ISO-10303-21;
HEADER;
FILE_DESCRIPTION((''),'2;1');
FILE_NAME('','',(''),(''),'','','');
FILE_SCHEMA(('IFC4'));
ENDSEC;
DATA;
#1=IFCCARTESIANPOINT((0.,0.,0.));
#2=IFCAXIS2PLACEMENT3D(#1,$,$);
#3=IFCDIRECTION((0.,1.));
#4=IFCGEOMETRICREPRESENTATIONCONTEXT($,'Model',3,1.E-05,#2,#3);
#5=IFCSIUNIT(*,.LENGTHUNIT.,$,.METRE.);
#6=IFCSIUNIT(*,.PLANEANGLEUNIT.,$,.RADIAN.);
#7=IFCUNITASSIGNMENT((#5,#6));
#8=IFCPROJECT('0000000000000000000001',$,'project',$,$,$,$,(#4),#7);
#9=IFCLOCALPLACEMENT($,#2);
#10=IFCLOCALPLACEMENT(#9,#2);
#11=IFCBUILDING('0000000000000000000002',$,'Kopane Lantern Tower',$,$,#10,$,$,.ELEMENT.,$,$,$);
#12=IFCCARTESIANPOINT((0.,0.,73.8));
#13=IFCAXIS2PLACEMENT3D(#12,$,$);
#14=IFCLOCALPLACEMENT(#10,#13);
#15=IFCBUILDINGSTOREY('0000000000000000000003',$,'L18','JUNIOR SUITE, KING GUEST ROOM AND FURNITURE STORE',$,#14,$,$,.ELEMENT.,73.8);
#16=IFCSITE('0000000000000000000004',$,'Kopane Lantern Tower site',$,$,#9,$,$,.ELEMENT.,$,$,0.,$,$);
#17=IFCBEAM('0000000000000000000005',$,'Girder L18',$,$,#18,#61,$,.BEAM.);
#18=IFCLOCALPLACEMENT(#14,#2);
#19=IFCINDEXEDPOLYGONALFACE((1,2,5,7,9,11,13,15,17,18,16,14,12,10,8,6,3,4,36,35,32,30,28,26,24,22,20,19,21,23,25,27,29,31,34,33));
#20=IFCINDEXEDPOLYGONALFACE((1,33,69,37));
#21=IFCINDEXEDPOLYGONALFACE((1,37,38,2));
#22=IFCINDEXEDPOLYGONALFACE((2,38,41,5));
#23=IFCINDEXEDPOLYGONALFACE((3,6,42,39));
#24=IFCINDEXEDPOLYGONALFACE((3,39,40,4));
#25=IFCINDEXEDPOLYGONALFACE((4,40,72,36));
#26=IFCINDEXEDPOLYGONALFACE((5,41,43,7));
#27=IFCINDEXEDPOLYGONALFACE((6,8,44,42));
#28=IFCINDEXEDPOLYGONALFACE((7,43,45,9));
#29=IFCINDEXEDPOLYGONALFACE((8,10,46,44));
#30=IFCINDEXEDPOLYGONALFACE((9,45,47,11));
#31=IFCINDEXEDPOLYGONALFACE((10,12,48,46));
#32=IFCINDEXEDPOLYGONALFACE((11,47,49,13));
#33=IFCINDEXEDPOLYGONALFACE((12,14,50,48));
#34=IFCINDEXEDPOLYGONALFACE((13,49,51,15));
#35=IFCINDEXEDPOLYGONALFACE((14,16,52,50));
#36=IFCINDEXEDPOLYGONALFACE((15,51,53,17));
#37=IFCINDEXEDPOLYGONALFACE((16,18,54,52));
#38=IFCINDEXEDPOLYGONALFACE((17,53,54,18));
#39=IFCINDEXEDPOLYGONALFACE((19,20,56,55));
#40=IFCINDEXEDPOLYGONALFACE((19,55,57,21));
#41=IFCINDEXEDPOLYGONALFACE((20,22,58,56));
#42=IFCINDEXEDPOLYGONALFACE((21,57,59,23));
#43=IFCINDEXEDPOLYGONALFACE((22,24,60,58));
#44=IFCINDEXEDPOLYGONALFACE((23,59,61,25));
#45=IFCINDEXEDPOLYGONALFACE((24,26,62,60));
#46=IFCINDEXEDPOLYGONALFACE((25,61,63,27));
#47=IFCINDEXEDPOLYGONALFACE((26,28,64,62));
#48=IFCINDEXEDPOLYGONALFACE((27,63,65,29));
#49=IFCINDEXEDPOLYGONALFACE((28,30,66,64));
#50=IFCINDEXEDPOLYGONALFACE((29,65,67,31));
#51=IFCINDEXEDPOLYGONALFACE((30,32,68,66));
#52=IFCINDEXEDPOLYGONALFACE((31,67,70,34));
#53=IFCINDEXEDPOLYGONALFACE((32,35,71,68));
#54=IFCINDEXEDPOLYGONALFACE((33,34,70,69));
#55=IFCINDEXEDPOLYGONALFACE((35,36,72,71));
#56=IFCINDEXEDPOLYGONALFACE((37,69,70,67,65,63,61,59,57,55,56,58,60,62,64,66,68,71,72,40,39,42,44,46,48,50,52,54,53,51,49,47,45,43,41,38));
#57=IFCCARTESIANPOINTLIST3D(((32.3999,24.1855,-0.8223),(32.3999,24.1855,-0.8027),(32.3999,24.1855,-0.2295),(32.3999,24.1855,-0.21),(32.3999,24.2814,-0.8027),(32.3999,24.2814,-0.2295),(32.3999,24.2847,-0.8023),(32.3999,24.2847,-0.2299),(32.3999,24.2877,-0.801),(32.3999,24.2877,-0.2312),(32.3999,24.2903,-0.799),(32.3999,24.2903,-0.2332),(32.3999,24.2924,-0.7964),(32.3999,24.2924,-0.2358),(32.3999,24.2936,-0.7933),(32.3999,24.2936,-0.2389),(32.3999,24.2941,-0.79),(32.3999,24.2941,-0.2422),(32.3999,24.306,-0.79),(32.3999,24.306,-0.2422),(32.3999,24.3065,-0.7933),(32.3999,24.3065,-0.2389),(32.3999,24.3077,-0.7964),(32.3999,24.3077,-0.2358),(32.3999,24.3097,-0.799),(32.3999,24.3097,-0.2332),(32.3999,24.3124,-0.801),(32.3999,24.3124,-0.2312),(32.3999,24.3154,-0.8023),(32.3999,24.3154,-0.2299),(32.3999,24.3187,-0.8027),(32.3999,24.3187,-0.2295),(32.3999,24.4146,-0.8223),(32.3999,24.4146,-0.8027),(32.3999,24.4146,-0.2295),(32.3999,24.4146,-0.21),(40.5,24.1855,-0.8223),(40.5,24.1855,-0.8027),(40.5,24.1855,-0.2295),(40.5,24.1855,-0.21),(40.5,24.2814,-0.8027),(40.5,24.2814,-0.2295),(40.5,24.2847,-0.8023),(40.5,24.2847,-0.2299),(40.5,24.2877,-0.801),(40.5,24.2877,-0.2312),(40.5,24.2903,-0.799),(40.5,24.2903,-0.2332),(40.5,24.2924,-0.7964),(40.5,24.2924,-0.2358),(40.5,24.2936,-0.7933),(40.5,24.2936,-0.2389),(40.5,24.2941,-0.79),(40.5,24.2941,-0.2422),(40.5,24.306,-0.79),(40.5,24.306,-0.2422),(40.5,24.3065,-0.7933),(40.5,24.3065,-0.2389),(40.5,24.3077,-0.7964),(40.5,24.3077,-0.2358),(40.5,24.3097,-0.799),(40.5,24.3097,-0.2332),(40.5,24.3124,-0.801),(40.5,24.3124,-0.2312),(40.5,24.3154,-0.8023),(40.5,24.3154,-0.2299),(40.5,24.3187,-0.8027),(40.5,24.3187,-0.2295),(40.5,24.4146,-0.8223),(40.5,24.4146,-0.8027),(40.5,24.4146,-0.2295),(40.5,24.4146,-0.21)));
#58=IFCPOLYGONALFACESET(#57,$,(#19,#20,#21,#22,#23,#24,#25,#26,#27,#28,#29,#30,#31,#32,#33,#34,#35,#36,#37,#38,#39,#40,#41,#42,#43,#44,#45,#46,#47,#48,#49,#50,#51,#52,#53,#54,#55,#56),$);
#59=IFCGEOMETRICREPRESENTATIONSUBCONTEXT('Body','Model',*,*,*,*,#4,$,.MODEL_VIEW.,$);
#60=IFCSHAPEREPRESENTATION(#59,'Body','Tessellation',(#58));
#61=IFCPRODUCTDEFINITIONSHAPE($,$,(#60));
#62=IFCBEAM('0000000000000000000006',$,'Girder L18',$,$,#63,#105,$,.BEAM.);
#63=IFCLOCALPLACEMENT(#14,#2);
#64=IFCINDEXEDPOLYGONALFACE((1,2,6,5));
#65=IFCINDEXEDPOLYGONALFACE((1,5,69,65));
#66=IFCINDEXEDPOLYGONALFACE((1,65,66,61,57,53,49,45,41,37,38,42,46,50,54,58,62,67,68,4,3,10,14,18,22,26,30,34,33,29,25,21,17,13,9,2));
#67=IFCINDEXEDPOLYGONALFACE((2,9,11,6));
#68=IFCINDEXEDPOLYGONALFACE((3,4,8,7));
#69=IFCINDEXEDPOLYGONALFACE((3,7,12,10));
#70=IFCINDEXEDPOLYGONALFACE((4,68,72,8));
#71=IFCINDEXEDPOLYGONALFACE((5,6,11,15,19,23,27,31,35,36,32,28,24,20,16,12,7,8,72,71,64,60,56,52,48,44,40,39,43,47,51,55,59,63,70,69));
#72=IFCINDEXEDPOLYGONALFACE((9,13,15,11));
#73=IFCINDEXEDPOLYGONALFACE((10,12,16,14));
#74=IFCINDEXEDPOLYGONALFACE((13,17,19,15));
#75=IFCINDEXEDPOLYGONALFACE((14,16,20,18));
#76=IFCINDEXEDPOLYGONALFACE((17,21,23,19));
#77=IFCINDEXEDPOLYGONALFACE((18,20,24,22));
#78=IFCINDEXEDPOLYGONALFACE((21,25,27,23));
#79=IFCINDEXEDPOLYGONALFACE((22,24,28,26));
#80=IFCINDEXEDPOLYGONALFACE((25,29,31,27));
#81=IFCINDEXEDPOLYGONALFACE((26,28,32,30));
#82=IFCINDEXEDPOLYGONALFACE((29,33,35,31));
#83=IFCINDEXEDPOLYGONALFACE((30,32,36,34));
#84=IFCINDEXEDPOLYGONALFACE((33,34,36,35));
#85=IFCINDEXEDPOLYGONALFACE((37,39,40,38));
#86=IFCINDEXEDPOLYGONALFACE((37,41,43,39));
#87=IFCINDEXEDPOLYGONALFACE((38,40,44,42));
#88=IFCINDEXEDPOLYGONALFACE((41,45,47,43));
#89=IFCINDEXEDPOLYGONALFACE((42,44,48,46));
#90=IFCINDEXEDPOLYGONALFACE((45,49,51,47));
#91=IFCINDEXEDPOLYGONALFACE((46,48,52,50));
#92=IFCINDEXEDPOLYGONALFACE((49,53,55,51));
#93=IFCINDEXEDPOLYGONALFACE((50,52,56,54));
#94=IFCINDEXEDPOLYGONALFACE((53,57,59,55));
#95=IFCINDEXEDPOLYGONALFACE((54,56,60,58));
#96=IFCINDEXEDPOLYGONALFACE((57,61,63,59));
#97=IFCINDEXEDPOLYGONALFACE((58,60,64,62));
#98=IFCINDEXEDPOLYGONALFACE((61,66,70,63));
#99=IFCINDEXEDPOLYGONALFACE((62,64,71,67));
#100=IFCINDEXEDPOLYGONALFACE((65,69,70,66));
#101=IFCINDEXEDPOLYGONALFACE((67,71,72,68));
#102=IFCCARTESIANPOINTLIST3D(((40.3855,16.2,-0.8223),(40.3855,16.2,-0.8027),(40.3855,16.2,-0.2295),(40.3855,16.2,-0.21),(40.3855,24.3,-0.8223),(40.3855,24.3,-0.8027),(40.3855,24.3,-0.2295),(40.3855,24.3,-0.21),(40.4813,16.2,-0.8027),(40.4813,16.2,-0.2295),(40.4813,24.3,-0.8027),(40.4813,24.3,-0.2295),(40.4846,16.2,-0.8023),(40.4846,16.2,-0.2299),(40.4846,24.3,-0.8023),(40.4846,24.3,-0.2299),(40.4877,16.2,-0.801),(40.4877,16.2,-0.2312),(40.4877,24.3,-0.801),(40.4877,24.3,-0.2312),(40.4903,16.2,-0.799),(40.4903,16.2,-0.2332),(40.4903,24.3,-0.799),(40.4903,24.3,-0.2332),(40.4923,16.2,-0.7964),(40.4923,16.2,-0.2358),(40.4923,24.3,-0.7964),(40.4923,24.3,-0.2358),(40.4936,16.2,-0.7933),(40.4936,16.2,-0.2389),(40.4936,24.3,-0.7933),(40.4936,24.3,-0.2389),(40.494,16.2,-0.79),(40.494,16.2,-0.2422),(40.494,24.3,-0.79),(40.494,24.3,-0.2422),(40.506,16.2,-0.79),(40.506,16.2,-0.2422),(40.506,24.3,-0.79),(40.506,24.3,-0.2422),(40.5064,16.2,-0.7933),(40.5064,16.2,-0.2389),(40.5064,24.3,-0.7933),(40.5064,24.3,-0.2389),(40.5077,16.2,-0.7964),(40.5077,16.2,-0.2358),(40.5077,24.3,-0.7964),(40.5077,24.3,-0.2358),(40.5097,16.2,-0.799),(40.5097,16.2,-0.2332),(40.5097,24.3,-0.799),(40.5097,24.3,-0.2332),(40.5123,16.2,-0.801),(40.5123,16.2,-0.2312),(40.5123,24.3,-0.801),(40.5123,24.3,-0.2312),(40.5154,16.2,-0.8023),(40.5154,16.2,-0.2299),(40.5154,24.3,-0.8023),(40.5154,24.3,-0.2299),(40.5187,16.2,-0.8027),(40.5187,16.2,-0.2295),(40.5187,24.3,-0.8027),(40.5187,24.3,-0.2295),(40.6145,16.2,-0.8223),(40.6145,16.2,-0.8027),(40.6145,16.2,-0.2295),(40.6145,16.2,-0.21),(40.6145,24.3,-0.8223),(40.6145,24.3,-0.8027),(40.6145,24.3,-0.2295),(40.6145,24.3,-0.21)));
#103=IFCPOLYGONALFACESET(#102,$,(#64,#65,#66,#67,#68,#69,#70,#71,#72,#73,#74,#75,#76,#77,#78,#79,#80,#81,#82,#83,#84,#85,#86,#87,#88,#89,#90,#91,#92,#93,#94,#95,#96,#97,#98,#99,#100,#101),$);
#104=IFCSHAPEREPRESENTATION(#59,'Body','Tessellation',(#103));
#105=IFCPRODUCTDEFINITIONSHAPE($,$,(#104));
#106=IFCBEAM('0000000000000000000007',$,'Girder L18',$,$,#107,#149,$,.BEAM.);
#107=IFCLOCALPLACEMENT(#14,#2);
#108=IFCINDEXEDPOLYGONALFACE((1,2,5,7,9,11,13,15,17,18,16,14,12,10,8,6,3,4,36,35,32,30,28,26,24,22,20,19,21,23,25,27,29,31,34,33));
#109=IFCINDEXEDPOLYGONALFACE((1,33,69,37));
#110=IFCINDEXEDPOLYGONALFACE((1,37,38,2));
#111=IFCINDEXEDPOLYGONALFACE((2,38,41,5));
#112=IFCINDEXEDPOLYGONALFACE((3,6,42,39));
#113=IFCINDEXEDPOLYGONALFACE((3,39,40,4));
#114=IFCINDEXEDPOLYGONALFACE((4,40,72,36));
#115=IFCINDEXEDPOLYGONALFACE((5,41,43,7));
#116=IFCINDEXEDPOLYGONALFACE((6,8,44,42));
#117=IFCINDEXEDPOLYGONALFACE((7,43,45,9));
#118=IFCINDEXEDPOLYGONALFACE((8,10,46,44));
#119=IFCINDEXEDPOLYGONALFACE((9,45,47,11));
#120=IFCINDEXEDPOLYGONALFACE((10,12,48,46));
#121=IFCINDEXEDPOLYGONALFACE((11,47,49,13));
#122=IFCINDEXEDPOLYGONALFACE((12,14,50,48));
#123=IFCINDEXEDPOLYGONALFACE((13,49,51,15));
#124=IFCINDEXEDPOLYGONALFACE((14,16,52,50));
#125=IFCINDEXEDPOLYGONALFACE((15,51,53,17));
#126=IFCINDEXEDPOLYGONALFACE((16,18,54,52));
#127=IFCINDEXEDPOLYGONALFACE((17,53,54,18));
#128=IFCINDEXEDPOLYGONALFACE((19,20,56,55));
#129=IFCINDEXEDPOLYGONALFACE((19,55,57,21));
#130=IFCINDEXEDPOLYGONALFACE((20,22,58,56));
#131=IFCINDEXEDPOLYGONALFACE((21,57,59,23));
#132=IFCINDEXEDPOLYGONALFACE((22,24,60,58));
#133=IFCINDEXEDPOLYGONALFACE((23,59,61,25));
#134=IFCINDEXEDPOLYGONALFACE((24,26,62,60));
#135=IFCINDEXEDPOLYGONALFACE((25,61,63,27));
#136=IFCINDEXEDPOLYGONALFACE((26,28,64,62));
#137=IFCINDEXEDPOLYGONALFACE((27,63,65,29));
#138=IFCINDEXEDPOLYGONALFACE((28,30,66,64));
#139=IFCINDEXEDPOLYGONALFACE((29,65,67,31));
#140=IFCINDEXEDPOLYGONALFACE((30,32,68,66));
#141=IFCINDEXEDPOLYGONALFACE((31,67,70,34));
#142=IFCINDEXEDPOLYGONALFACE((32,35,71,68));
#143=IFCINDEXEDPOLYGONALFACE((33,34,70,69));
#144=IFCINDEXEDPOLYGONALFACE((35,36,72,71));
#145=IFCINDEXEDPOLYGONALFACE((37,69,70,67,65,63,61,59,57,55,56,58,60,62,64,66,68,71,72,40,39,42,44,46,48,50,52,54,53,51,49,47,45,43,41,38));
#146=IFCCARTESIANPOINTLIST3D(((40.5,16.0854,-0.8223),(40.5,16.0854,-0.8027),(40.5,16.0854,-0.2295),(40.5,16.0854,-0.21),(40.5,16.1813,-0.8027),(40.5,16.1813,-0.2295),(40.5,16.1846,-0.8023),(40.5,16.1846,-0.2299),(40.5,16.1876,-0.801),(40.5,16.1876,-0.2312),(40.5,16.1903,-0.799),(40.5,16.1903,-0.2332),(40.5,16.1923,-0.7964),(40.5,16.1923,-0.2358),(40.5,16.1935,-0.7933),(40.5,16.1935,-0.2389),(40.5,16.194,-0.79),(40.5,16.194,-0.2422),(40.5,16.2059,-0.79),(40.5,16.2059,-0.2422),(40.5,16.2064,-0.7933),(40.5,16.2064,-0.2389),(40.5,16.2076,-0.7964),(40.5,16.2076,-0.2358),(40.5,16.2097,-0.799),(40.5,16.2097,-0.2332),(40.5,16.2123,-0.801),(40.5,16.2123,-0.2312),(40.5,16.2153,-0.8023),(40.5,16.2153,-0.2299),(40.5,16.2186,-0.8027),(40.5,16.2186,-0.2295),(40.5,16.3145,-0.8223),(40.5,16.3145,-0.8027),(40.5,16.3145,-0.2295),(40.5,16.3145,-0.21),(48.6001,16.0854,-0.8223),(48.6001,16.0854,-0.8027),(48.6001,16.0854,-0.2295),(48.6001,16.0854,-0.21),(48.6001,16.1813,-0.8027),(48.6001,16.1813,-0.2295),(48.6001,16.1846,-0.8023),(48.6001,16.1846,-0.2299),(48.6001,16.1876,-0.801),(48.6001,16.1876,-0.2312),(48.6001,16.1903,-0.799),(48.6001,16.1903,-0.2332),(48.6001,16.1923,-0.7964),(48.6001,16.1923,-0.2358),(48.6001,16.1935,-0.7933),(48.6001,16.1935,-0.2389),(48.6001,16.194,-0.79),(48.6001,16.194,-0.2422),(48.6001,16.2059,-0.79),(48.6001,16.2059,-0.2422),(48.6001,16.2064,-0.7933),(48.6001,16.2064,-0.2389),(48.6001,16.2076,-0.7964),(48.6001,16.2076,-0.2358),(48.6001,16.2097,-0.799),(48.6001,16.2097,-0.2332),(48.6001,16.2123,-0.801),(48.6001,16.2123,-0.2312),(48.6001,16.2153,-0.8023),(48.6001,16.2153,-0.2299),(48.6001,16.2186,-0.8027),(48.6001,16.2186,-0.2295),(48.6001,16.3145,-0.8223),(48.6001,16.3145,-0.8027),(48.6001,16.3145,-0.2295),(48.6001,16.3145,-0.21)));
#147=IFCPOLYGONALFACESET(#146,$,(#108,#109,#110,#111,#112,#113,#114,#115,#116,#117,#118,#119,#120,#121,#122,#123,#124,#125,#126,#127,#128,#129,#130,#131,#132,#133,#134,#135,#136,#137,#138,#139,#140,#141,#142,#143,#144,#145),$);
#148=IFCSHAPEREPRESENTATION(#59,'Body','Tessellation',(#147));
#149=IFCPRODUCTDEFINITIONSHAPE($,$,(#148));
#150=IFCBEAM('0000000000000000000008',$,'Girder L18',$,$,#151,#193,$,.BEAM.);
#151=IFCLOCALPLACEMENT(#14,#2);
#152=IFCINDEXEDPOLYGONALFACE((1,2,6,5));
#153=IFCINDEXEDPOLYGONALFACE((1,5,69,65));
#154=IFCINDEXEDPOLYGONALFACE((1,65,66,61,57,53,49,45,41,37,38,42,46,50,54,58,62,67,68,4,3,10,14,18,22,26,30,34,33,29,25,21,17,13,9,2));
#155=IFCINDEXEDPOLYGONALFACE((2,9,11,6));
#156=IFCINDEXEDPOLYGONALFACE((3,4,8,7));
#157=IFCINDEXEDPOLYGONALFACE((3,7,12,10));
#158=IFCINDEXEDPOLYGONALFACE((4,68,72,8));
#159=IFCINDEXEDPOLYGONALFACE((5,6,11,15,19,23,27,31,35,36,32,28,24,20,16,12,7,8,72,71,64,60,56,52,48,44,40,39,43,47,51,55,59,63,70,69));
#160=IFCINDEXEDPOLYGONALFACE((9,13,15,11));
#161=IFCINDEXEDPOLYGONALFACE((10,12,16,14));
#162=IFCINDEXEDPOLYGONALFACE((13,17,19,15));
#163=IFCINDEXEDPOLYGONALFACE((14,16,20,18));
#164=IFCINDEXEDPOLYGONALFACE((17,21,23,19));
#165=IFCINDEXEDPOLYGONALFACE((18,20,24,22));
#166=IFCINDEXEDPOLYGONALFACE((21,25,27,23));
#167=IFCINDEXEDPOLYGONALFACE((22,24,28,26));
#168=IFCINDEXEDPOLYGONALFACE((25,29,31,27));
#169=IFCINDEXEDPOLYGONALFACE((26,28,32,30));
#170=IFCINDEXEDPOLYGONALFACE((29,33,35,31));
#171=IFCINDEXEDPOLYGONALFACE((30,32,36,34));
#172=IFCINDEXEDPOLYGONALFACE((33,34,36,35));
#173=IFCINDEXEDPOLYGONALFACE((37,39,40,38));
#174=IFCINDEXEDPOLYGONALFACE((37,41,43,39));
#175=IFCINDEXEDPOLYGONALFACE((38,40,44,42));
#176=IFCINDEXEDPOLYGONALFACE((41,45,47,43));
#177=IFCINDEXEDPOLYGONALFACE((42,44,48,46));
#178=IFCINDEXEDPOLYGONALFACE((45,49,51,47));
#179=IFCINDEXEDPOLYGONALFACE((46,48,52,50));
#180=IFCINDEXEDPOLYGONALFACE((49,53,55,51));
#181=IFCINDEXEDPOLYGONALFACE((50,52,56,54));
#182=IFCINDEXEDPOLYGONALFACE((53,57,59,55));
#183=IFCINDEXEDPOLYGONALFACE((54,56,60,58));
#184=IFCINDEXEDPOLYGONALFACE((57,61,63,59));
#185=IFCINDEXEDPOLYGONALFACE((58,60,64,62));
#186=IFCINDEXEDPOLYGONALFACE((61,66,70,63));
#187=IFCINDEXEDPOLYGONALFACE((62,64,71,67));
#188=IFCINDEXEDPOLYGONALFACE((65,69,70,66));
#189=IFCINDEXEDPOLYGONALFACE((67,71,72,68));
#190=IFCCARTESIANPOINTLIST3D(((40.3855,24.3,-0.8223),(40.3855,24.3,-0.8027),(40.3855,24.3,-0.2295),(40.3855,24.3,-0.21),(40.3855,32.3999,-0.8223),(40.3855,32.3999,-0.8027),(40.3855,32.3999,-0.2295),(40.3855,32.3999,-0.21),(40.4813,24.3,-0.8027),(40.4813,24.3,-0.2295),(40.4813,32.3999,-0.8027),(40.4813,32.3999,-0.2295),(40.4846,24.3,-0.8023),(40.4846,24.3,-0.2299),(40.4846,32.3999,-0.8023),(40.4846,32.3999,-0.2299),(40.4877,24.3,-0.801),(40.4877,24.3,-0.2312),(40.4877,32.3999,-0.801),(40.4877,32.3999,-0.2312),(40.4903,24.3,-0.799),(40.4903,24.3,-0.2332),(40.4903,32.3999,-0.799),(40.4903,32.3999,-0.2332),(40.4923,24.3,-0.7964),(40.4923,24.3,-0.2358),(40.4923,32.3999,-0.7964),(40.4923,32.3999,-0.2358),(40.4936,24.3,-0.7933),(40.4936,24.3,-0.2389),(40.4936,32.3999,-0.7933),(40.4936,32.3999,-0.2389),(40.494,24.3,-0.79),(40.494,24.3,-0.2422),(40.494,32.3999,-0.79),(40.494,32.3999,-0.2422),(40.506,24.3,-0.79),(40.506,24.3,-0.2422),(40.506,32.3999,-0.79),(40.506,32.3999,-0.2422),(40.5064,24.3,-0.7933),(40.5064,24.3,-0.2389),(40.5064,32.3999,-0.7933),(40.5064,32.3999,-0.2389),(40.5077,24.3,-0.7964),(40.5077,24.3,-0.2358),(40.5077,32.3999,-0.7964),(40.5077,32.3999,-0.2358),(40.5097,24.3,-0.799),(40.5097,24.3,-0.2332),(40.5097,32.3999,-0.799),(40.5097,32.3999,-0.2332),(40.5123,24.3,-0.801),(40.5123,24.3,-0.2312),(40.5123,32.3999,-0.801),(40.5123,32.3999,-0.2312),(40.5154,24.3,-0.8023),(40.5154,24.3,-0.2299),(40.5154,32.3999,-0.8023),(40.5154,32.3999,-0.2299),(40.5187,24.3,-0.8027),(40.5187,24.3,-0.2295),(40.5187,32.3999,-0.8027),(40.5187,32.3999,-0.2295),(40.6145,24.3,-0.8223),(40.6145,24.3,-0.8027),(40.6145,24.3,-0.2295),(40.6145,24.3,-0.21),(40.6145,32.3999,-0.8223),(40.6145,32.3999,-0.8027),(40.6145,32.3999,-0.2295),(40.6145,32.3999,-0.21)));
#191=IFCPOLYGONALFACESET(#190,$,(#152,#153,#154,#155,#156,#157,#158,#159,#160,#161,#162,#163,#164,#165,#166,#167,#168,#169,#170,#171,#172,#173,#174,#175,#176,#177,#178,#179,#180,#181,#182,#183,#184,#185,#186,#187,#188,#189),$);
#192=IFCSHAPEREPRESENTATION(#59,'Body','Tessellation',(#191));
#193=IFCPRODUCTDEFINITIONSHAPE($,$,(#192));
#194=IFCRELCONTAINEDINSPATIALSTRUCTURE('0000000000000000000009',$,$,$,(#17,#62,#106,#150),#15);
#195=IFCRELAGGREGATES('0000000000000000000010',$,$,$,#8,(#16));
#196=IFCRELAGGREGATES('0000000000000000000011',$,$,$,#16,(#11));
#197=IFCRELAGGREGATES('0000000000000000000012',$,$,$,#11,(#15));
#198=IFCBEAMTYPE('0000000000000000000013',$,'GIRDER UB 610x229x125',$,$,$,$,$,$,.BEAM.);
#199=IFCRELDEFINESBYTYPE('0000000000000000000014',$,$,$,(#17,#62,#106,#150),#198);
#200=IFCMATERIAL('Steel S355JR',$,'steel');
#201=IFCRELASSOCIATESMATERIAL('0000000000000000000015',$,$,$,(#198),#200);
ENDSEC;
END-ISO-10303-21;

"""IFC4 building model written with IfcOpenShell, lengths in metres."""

from ifc_helpers import new_model, si_unit, direction, frame, origin, origin_2d, place, context, subcontext, project, spatial, i_section, extrude, material, material_profile, profile_set, type_object, element, save


model = new_model("IFC4")

# Units and contexts
model_context = context("Model", 3, precision=1e-05, world=origin(), true_north=direction((0.0, 1.0)))
body_context = subcontext(model_context, "Body", "Model", "MODEL_VIEW")
ifc_project = project(units=[si_unit("LENGTHUNIT", "METRE"), si_unit("PLANEANGLEUNIT", "RADIAN")], contexts=[model_context])

# Site, building, storey
site_placement = place(None, origin())
site = spatial("IfcSite", under=ifc_project, at=site_placement, Name="Kopane Lantern Tower site", CompositionType="ELEMENT", RefElevation=0.0)
building_placement = place(site_placement, origin())
building = spatial("IfcBuilding", under=site, at=building_placement, Name="Kopane Lantern Tower", CompositionType="ELEMENT")
storey_placement = place(building_placement, frame((0.0, 0.0, 73.8)))
storey = spatial("IfcBuildingStorey", under=building, at=storey_placement, Name="L18", Description="JUNIOR SUITE, KING GUEST ROOM AND FURNITURE STORE", CompositionType="ELEMENT", Elevation=73.8)

# Beams
ifc_material_1 = material(Name="Steel S355JR", Category="steel")
ifc_material_profile_1 = material_profile(ifc_material_1, i_section(OverallWidth=0.229, OverallDepth=0.6123, WebThickness=0.012, FlangeThickness=0.0195, FilletRadius=0.0127, at=origin_2d()), Name="UB 610x229x125")
ifc_profile_set_1 = profile_set([ifc_material_profile_1], Name="Steel S355JR")
beam_type_1 = type_object("IfcBeamType", Name="GIRDER UB 610x229x125", PredefinedType="BEAM", material=ifc_profile_set_1)
for number, where, z_axis, x_axis, name in (
    (1, (32.3999, 24.3, -0.5161), (1.0, 0.0, 0.0), (0.0, 1.0, 0.0), "Girder L18"),
    (2, (40.5, 16.2, -0.5161), (0.0, 1.0, 0.0), (-1.0, 0.0, 0.0), "Girder L18"),
    (3, (40.5, 16.2, -0.5161), (1.0, 0.0, 0.0), (0.0, 1.0, 0.0), "Girder L18"),
):
    element("IfcBeam", number, at=place(storey_placement, frame(where, z_axis=z_axis, x_axis=x_axis)), inside=storey, type_object=beam_type_1, Name=name, PredefinedType="BEAM", context=body_context, shape_type="SweptSolid", body=[
        extrude(i_section(OverallWidth=0.229, OverallDepth=0.6123, WebThickness=0.012, FlangeThickness=0.0195, FilletRadius=0.0127, at=origin_2d()), origin(), (0.0, 0.0, 1.0), 8.1001),
    ])
beam_1_placement = place(storey_placement, frame((40.5, 24.3, -0.5161), z_axis=(0.0, 1.0, 0.0), x_axis=(-1.0, 0.0, 0.0)))
element("IfcBeam", 4, at=beam_1_placement, inside=storey, type_object=beam_type_1, Name="Girder L18", PredefinedType="BEAM", context=body_context, shape_type="SweptSolid", body=[
    extrude(i_section(OverallWidth=0.229, OverallDepth=0.6123, WebThickness=0.012, FlangeThickness=0.0195, FilletRadius=0.0127, at=origin_2d()), origin(), (0.0, 0.0, 1.0), 8.0999),
])

save(model, "model.ifc")
